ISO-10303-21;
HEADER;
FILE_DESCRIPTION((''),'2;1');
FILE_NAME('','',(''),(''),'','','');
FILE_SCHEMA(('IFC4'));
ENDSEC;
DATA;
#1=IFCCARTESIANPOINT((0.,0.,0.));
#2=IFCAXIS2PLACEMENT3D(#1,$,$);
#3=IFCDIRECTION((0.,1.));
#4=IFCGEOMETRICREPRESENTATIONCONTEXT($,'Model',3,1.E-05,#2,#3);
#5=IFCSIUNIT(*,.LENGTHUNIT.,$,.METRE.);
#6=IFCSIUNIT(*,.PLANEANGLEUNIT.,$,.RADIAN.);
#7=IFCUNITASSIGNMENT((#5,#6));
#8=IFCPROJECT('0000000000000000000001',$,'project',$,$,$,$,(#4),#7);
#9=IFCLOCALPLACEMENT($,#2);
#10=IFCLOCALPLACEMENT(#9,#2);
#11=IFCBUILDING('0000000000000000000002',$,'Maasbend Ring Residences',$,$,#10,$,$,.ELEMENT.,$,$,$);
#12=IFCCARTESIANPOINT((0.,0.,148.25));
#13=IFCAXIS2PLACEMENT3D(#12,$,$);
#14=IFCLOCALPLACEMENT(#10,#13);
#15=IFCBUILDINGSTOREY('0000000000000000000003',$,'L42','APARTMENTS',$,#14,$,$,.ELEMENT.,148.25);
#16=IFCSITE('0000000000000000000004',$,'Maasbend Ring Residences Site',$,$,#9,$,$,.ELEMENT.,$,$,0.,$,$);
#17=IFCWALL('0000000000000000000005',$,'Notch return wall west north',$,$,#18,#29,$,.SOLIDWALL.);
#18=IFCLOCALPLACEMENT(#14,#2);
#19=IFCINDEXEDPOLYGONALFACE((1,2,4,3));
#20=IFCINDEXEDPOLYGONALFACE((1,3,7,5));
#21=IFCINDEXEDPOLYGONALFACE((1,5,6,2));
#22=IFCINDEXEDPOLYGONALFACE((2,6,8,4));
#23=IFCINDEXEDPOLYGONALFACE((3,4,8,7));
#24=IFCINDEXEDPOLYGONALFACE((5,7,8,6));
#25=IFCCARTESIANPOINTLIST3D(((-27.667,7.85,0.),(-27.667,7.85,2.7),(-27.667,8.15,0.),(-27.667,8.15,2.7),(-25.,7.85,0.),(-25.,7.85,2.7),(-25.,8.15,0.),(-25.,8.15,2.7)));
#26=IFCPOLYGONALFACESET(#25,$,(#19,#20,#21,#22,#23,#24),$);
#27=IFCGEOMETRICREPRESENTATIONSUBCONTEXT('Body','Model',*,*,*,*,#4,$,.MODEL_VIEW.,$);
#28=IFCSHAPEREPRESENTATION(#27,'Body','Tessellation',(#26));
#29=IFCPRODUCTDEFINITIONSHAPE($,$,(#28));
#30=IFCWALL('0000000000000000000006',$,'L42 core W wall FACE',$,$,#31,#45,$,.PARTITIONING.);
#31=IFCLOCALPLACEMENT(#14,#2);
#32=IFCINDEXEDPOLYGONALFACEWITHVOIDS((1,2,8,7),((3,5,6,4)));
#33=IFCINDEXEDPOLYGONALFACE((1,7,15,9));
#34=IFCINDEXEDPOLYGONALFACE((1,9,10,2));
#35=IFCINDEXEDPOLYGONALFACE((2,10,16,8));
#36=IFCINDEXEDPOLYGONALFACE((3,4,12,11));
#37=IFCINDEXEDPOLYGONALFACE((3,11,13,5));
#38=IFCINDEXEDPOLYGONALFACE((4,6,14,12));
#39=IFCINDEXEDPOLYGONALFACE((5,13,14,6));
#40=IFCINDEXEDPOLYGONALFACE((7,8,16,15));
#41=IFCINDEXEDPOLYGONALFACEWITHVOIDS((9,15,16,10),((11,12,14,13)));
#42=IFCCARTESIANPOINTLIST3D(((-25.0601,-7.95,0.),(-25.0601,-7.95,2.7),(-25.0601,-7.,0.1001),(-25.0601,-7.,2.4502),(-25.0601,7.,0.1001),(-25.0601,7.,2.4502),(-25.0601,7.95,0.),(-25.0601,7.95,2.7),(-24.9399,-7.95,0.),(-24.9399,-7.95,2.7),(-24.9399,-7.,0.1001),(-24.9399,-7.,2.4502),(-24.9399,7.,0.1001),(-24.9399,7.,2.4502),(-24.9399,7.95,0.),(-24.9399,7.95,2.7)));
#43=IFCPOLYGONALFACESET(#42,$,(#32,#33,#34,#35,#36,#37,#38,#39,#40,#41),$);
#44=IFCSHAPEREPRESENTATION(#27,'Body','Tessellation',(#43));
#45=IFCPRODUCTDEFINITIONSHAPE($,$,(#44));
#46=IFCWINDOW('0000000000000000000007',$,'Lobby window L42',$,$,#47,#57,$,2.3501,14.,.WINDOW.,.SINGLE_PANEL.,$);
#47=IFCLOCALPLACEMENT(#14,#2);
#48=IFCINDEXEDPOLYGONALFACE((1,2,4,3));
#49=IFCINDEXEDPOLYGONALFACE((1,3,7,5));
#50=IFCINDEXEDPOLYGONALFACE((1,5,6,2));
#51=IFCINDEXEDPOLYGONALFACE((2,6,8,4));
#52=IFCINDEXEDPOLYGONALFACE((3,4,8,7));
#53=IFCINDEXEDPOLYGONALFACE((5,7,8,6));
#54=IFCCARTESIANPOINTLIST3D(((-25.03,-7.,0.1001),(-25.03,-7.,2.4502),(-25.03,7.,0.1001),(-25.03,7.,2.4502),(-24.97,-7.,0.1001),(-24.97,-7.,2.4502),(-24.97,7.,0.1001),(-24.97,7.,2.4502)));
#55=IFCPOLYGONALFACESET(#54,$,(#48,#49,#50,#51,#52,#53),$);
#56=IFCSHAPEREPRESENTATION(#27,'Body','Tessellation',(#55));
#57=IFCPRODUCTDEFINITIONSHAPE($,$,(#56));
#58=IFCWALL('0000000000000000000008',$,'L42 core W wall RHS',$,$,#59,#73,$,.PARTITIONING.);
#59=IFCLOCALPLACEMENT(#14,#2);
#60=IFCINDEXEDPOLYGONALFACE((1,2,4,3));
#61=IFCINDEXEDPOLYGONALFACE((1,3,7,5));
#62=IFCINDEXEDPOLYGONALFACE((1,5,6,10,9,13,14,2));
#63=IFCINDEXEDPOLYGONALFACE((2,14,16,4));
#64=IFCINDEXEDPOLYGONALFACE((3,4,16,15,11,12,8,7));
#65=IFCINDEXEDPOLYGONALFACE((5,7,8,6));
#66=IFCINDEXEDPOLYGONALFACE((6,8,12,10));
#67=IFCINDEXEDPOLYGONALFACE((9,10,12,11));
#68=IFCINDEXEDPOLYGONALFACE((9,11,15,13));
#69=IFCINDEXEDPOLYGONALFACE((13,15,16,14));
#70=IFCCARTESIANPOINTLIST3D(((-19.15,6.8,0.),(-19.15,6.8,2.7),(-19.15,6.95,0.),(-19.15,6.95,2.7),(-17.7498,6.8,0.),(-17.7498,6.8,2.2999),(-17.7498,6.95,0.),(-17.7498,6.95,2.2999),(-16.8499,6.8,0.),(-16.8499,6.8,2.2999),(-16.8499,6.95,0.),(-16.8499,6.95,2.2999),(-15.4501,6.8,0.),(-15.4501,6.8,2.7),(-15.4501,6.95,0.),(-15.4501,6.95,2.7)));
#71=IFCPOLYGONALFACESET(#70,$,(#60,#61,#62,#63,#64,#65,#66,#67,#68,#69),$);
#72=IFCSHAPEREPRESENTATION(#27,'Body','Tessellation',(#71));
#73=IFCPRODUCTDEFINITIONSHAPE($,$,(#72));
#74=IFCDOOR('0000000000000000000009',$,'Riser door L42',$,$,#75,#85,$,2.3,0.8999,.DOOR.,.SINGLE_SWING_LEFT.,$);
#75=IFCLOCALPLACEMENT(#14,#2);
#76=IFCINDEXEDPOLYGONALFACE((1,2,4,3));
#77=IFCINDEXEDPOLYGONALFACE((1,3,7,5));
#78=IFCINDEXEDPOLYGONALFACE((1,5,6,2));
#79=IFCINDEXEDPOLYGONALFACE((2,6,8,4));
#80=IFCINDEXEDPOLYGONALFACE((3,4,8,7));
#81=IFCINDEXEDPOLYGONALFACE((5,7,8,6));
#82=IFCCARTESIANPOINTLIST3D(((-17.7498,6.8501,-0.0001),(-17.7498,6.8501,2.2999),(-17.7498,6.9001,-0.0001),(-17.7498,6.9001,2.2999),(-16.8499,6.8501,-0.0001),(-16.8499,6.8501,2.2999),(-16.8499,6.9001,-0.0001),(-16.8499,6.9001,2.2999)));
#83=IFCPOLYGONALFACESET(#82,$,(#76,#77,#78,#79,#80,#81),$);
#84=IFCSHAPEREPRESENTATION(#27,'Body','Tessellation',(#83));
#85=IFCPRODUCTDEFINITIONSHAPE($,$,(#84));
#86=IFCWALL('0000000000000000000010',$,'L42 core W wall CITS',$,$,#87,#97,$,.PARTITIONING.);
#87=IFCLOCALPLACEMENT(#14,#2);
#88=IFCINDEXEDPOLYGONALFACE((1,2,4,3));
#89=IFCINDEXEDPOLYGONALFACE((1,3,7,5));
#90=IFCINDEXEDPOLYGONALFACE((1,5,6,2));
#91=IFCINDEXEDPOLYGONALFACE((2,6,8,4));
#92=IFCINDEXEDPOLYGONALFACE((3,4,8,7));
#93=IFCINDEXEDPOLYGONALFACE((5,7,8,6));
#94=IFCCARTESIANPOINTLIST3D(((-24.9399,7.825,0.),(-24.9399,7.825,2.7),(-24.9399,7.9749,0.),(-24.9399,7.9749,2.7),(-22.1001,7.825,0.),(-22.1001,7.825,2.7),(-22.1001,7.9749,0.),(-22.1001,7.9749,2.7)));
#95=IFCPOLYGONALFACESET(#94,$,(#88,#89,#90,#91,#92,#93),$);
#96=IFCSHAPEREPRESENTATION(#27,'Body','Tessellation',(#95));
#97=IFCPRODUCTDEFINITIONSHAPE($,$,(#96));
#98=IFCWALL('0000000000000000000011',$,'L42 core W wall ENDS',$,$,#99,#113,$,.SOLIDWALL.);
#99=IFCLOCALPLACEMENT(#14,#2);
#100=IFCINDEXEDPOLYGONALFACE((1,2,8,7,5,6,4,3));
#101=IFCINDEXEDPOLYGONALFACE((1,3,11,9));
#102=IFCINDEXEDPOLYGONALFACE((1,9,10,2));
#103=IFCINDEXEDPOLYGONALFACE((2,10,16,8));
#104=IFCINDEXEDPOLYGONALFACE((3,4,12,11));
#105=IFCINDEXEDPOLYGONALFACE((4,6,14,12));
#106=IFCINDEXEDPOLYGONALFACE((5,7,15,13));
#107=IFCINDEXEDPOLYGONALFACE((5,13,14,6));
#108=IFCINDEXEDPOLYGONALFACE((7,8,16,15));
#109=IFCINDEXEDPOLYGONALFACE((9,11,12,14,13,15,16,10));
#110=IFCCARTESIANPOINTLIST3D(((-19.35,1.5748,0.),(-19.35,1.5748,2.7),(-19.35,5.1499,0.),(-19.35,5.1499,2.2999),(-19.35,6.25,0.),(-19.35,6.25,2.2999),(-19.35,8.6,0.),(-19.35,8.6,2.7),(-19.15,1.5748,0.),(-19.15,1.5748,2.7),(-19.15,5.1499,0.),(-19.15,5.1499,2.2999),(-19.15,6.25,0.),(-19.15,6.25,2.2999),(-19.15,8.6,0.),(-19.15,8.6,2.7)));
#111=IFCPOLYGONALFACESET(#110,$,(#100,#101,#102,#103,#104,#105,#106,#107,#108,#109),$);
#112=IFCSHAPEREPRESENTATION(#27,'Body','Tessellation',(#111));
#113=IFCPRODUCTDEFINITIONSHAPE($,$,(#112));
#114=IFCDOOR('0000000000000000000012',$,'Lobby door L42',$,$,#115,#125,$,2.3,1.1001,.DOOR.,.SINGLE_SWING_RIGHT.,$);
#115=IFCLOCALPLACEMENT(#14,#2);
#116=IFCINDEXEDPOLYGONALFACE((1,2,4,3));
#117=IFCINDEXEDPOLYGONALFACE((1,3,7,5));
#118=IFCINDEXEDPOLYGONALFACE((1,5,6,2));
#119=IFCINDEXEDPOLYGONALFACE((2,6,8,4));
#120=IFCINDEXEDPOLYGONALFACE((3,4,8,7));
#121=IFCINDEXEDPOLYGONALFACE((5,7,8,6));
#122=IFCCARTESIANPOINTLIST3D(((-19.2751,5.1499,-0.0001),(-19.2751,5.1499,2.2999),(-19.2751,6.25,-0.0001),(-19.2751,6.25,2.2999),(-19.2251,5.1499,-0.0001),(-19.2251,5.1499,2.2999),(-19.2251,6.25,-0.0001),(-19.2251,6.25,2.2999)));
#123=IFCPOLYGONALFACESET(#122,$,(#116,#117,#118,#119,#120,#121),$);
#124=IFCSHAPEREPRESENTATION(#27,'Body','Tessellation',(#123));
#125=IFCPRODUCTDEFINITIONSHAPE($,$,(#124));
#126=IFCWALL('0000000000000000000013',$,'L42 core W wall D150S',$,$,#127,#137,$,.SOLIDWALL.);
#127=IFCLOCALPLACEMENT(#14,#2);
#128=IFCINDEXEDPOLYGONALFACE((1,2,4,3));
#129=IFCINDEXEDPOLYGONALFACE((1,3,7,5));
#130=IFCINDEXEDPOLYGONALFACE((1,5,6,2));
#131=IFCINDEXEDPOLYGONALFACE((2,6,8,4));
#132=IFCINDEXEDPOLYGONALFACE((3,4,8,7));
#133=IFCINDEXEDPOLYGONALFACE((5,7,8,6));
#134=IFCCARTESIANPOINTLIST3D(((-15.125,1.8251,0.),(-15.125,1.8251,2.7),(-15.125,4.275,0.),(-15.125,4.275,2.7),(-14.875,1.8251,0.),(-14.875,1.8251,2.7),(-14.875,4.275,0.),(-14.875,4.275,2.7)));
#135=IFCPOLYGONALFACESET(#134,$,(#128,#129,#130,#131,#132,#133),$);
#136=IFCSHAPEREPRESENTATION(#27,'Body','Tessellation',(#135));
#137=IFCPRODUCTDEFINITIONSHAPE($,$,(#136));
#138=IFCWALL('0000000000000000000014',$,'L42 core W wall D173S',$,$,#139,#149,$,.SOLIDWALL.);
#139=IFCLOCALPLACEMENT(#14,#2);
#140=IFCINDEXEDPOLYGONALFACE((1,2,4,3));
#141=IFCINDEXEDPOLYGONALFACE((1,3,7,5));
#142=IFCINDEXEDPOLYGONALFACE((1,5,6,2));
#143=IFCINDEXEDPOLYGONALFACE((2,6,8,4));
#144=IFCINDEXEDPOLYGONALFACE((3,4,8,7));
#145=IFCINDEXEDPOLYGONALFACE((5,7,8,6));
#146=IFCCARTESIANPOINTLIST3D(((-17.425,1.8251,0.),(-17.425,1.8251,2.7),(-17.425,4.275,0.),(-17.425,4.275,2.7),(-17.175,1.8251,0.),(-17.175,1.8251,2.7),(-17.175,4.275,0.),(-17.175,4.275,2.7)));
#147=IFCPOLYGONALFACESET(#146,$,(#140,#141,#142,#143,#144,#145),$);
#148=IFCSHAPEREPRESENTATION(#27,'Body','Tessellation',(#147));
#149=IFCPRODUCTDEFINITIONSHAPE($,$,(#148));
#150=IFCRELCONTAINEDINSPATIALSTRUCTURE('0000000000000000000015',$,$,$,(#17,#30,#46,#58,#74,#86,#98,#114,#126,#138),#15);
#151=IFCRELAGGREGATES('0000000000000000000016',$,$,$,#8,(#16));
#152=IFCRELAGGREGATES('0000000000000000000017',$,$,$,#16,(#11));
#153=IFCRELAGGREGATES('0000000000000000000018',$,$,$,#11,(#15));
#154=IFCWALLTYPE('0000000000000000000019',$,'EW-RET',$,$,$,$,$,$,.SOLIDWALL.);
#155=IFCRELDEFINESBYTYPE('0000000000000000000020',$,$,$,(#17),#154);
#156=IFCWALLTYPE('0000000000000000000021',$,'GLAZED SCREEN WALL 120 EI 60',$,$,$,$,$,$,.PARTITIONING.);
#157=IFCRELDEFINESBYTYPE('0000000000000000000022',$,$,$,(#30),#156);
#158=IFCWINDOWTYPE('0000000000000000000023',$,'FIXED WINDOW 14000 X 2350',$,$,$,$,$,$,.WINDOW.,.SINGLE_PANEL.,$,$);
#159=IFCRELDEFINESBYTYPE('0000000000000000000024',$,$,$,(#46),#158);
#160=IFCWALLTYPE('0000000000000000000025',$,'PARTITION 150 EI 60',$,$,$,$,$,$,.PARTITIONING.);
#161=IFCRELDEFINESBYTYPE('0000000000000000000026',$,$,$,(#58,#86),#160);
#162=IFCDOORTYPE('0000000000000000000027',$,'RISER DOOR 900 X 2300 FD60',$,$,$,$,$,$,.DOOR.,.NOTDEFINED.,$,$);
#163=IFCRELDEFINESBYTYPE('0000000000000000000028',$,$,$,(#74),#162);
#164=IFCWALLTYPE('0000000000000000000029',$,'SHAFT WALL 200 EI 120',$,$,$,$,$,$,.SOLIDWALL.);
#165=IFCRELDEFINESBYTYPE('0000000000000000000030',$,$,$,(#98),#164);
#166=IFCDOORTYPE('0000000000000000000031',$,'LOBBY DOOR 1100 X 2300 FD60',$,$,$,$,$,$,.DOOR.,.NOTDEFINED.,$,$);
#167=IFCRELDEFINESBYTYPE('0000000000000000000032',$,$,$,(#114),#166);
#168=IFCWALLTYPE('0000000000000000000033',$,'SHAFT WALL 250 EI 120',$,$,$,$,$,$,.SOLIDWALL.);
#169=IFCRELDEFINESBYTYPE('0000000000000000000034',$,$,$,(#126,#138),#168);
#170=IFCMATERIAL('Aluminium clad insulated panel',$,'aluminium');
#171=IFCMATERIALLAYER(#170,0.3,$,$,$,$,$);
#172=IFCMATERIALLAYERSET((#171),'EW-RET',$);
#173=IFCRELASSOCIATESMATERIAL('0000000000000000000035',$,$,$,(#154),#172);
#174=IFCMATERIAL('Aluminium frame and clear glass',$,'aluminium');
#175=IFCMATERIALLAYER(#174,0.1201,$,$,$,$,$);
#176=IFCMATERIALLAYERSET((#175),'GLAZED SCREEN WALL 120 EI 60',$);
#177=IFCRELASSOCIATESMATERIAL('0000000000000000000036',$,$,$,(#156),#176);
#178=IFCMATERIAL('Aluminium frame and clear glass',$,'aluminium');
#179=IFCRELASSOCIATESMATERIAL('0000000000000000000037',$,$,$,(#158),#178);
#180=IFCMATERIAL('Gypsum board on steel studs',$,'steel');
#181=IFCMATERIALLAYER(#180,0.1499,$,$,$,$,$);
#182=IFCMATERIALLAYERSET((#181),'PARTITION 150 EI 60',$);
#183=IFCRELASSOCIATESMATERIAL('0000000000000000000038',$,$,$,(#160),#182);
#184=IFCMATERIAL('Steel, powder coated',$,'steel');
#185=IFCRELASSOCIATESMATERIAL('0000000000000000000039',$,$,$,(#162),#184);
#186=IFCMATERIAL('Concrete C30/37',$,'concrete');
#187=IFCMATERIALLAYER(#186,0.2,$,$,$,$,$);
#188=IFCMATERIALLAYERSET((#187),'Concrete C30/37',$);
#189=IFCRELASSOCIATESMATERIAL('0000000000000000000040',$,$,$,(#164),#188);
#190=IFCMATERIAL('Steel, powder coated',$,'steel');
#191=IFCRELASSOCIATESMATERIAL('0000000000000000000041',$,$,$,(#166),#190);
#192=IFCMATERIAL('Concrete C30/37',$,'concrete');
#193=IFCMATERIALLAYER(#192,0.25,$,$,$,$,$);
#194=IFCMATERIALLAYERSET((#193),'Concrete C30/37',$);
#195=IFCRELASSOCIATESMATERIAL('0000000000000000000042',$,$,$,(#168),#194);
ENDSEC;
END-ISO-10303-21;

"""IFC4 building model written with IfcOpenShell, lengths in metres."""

from ifc_helpers import new_model, si_unit, direction, frame, frame_2d, origin, place, context, subcontext, project, spatial, rectangle, extrude, material, layer, layer_set, type_object, element, fill, save


model = new_model("IFC4")

# Units and contexts
model_context = context("Model", 3, precision=1e-05, world=origin(), true_north=direction((0.0, 1.0)))
body_context = subcontext(model_context, "Body", "Model", "MODEL_VIEW")
ifc_project = project(units=[si_unit("LENGTHUNIT", "METRE"), si_unit("PLANEANGLEUNIT", "RADIAN")], contexts=[model_context])

# Site, building, storey
site_placement = place(None, origin())
site = spatial("IfcSite", under=ifc_project, at=site_placement, Name="Maasbend Ring Residences Site", CompositionType="ELEMENT", RefElevation=0.0)
building_placement = place(site_placement, origin())
building = spatial("IfcBuilding", under=site, at=building_placement, Name="Maasbend Ring Residences", CompositionType="ELEMENT")
storey_placement = place(building_placement, frame((0.0, 0.0, 148.25)))
storey = spatial("IfcBuildingStorey", under=building, at=storey_placement, Name="L42", Description="APARTMENTS", CompositionType="ELEMENT", Elevation=148.25)

# Wall
ifc_material_1 = material(Name="Aluminium clad insulated panel", Category="aluminium")
ifc_layer_1 = layer(ifc_material_1, 0.3)
ifc_layer_set_1 = layer_set([ifc_layer_1], Name="EW-RET")
wall_type_1 = type_object("IfcWallType", Name="EW-RET", PredefinedType="SOLIDWALL", material=ifc_layer_set_1)
wall_1_placement = place(storey_placement, frame((-25.0, 8.0, 0.0), z_axis=(0.0, 0.0, 1.0), x_axis=(-1.0, 0.0, 0.0)))
element("IfcWall", 1, at=wall_1_placement, inside=storey, type_object=wall_type_1, Name="Notch return wall west north", PredefinedType="SOLIDWALL", context=body_context, shape_type="SweptSolid", body=[
    extrude(rectangle(XDim=2.667, YDim=0.3, at=frame_2d((1.3335, 0.0))), origin(), (0.0, 0.0, 1.0), 2.7),
])

# Wall, opening, window
ifc_material_2 = material(Name="Aluminium frame and clear glass", Category="aluminium")
ifc_layer_2 = layer(ifc_material_2, 0.1201)
ifc_layer_set_2 = layer_set([ifc_layer_2], Name="GLAZED SCREEN WALL 120 EI 60")
wall_type_2 = type_object("IfcWallType", Name="GLAZED SCREEN WALL 120 EI 60", PredefinedType="PARTITIONING", material=ifc_layer_set_2)
wall_2_placement = place(storey_placement, frame((-25.0, 7.95, 0.0), z_axis=(0.0, 0.0, 1.0), x_axis=(0.0, -1.0, 0.0)))
wall_2 = element("IfcWall", 2, at=wall_2_placement, inside=storey, type_object=wall_type_2, Name="L42 core W wall FACE", PredefinedType="PARTITIONING", context=body_context, shape_type="SweptSolid", body=[
    extrude(rectangle(XDim=15.8999, YDim=0.1201, at=frame_2d((7.95, 0.0))), origin(), (0.0, 0.0, 1.0), 2.7),
])
opening_1_placement = place(wall_2_placement, frame((0.95, 0.0, 0.1001)))
opening_1 = element("IfcOpeningElement", 3, at=opening_1_placement, cuts=wall_2, PredefinedType="OPENING", context=body_context, shape_type="SweptSolid", body=[
    extrude(rectangle(XDim=14.0, YDim=2.3501, at=frame_2d((7.0, 1.175))), frame((0.0, 0.0701, 0.0), z_axis=(0.0, -1.0, 0.0), x_axis=(1.0, 0.0, 0.0)), (0.0, 0.0, 1.0), 0.1401),
])
ifc_material_3 = material(Name="Aluminium frame and clear glass", Category="aluminium")
window_type_1 = type_object("IfcWindowType", Name="FIXED WINDOW 14000 X 2350", PartitioningType="SINGLE_PANEL", PredefinedType="WINDOW", material=ifc_material_3)
window_1_placement = place(opening_1_placement, origin())
window_1 = element("IfcWindow", 4, at=window_1_placement, inside=storey, type_object=window_type_1, Name="Lobby window L42", OverallHeight=2.3501, OverallWidth=14.0, PartitioningType="SINGLE_PANEL", PredefinedType="WINDOW", context=body_context, shape_type="SweptSolid", body=[
    extrude(rectangle(XDim=14.0, YDim=2.3501, at=frame_2d((7.0, 1.175))), frame((0.0, 0.03, 0.0), z_axis=(0.0, -1.0, 0.0), x_axis=(1.0, 0.0, 0.0)), (0.0, 0.0, 1.0), 0.0601),
])
fill(opening_1, window_1)

# Wall, opening, door
ifc_material_4 = material(Name="Gypsum board on steel studs", Category="steel")
ifc_layer_3 = layer(ifc_material_4, 0.1499)
ifc_layer_set_3 = layer_set([ifc_layer_3], Name="PARTITION 150 EI 60")
wall_type_3 = type_object("IfcWallType", Name="PARTITION 150 EI 60", PredefinedType="PARTITIONING", material=ifc_layer_set_3)
wall_3_placement = place(storey_placement, frame((-15.45, 6.875, 0.0), z_axis=(0.0, 0.0, 1.0), x_axis=(-1.0, 0.0, 0.0)))
wall_3 = element("IfcWall", 5, at=wall_3_placement, inside=storey, type_object=wall_type_3, Name="L42 core W wall RHS", PredefinedType="PARTITIONING", context=body_context, shape_type="SweptSolid", body=[
    extrude(rectangle(XDim=3.7, YDim=0.1499, at=frame_2d((1.8501, 0.0))), origin(), (0.0, 0.0, 1.0), 2.7),
])
opening_2_placement = place(wall_3_placement, frame((1.3999, 0.0, 0.0)))
opening_2 = element("IfcOpeningElement", 6, at=opening_2_placement, cuts=wall_3, PredefinedType="OPENING", context=body_context, shape_type="SweptSolid", body=[
    extrude(rectangle(XDim=0.8999, YDim=2.3, at=frame_2d((0.45, 1.1499))), frame((0.0, 0.085, 0.0), z_axis=(0.0, -1.0, 0.0), x_axis=(1.0, 0.0, 0.0)), (0.0, 0.0, 1.0), 0.1699),
])
ifc_material_5 = material(Name="Steel, powder coated", Category="steel")
door_type_1 = type_object("IfcDoorType", Name="RISER DOOR 900 X 2300 FD60", OperationType="NOTDEFINED", PredefinedType="DOOR", material=ifc_material_5)
door_1_placement = place(opening_2_placement, origin())
door_1 = element("IfcDoor", 7, at=door_1_placement, inside=storey, type_object=door_type_1, Name="Riser door L42", OperationType="SINGLE_SWING_LEFT", OverallHeight=2.3, OverallWidth=0.8999, PredefinedType="DOOR", context=body_context, shape_type="SweptSolid", body=[
    extrude(rectangle(XDim=0.8999, YDim=2.3, at=frame_2d((0.45, 1.1499))), frame((0.0, 0.0249, 0.0), z_axis=(0.0, -1.0, 0.0), x_axis=(1.0, 0.0, 0.0)), (0.0, 0.0, 1.0), 0.05),
])
fill(opening_2, door_1)

# Wall
wall_4_placement = place(storey_placement, frame((-22.1001, 7.8999, 0.0), z_axis=(0.0, 0.0, 1.0), x_axis=(-1.0, 0.0, 0.0)))
element("IfcWall", 8, at=wall_4_placement, inside=storey, type_object=wall_type_3, Name="L42 core W wall CITS", PredefinedType="PARTITIONING", context=body_context, shape_type="SweptSolid", body=[
    extrude(rectangle(XDim=2.8398, YDim=0.1499, at=frame_2d((1.4199, 0.0))), origin(), (0.0, 0.0, 1.0), 2.7),
])

# Wall, opening, door
ifc_material_6 = material(Name="Concrete C30/37", Category="concrete")
ifc_layer_4 = layer(ifc_material_6, 0.2)
ifc_layer_set_4 = layer_set([ifc_layer_4], Name="Concrete C30/37")
wall_type_4 = type_object("IfcWallType", Name="SHAFT WALL 200 EI 120", PredefinedType="SOLIDWALL", material=ifc_layer_set_4)
wall_5_placement = place(storey_placement, frame((-19.25, 8.6001, 0.0), z_axis=(0.0, 0.0, 1.0), x_axis=(0.0, -1.0, 0.0)))
wall_5 = element("IfcWall", 9, at=wall_5_placement, inside=storey, type_object=wall_type_4, Name="L42 core W wall ENDS", PredefinedType="SOLIDWALL", context=body_context, shape_type="SweptSolid", body=[
    extrude(rectangle(XDim=7.0251, YDim=0.2, at=frame_2d((3.5127, 0.0))), origin(), (0.0, 0.0, 1.0), 2.7),
])
opening_3_placement = place(wall_5_placement, frame((2.3501, 0.0, 0.0)))
opening_3 = element("IfcOpeningElement", 10, at=opening_3_placement, cuts=wall_5, PredefinedType="OPENING", context=body_context, shape_type="SweptSolid", body=[
    extrude(rectangle(XDim=1.1001, YDim=2.3, at=frame_2d((0.55, 1.1499))), frame((0.0, 0.1099, 0.0), z_axis=(0.0, -1.0, 0.0), x_axis=(1.0, 0.0, 0.0)), (0.0, 0.0, 1.0), 0.22),
])
ifc_material_7 = material(Name="Steel, powder coated", Category="steel")
door_type_2 = type_object("IfcDoorType", Name="LOBBY DOOR 1100 X 2300 FD60", OperationType="NOTDEFINED", PredefinedType="DOOR", material=ifc_material_7)
door_2_placement = place(opening_3_placement, origin())
door_2 = element("IfcDoor", 11, at=door_2_placement, inside=storey, type_object=door_type_2, Name="Lobby door L42", OperationType="SINGLE_SWING_RIGHT", OverallHeight=2.3, OverallWidth=1.1001, PredefinedType="DOOR", context=body_context, shape_type="SweptSolid", body=[
    extrude(rectangle(XDim=1.1001, YDim=2.3, at=frame_2d((0.55, 1.1499))), frame((0.0, 0.0249, 0.0), z_axis=(0.0, -1.0, 0.0), x_axis=(1.0, 0.0, 0.0)), (0.0, 0.0, 1.0), 0.05),
])
fill(opening_3, door_2)

# Walls
ifc_material_8 = material(Name="Concrete C30/37", Category="concrete")
ifc_layer_5 = layer(ifc_material_8, 0.25)
ifc_layer_set_5 = layer_set([ifc_layer_5], Name="Concrete C30/37")
wall_type_5 = type_object("IfcWallType", Name="SHAFT WALL 250 EI 120", PredefinedType="SOLIDWALL", material=ifc_layer_set_5)
for number, where, z_axis, x_axis, name in (
    (12, (-15.0, 1.825, 0.0), (0.0, 0.0, 1.0), (0.0, 1.0, 0.0), "L42 core W wall D150S"),
    (13, (-17.3, 1.825, 0.0), (0.0, 0.0, 1.0), (0.0, 1.0, 0.0), "L42 core W wall D173S"),
):
    element("IfcWall", number, at=place(storey_placement, frame(where, z_axis=z_axis, x_axis=x_axis)), inside=storey, type_object=wall_type_5, Name=name, PredefinedType="SOLIDWALL", context=body_context, shape_type="SweptSolid", body=[
        extrude(rectangle(XDim=2.45, YDim=0.25, at=frame_2d((1.2251, 0.0))), origin(), (0.0, 0.0, 1.0), 2.7),
    ])

save(model, "model.ifc")
